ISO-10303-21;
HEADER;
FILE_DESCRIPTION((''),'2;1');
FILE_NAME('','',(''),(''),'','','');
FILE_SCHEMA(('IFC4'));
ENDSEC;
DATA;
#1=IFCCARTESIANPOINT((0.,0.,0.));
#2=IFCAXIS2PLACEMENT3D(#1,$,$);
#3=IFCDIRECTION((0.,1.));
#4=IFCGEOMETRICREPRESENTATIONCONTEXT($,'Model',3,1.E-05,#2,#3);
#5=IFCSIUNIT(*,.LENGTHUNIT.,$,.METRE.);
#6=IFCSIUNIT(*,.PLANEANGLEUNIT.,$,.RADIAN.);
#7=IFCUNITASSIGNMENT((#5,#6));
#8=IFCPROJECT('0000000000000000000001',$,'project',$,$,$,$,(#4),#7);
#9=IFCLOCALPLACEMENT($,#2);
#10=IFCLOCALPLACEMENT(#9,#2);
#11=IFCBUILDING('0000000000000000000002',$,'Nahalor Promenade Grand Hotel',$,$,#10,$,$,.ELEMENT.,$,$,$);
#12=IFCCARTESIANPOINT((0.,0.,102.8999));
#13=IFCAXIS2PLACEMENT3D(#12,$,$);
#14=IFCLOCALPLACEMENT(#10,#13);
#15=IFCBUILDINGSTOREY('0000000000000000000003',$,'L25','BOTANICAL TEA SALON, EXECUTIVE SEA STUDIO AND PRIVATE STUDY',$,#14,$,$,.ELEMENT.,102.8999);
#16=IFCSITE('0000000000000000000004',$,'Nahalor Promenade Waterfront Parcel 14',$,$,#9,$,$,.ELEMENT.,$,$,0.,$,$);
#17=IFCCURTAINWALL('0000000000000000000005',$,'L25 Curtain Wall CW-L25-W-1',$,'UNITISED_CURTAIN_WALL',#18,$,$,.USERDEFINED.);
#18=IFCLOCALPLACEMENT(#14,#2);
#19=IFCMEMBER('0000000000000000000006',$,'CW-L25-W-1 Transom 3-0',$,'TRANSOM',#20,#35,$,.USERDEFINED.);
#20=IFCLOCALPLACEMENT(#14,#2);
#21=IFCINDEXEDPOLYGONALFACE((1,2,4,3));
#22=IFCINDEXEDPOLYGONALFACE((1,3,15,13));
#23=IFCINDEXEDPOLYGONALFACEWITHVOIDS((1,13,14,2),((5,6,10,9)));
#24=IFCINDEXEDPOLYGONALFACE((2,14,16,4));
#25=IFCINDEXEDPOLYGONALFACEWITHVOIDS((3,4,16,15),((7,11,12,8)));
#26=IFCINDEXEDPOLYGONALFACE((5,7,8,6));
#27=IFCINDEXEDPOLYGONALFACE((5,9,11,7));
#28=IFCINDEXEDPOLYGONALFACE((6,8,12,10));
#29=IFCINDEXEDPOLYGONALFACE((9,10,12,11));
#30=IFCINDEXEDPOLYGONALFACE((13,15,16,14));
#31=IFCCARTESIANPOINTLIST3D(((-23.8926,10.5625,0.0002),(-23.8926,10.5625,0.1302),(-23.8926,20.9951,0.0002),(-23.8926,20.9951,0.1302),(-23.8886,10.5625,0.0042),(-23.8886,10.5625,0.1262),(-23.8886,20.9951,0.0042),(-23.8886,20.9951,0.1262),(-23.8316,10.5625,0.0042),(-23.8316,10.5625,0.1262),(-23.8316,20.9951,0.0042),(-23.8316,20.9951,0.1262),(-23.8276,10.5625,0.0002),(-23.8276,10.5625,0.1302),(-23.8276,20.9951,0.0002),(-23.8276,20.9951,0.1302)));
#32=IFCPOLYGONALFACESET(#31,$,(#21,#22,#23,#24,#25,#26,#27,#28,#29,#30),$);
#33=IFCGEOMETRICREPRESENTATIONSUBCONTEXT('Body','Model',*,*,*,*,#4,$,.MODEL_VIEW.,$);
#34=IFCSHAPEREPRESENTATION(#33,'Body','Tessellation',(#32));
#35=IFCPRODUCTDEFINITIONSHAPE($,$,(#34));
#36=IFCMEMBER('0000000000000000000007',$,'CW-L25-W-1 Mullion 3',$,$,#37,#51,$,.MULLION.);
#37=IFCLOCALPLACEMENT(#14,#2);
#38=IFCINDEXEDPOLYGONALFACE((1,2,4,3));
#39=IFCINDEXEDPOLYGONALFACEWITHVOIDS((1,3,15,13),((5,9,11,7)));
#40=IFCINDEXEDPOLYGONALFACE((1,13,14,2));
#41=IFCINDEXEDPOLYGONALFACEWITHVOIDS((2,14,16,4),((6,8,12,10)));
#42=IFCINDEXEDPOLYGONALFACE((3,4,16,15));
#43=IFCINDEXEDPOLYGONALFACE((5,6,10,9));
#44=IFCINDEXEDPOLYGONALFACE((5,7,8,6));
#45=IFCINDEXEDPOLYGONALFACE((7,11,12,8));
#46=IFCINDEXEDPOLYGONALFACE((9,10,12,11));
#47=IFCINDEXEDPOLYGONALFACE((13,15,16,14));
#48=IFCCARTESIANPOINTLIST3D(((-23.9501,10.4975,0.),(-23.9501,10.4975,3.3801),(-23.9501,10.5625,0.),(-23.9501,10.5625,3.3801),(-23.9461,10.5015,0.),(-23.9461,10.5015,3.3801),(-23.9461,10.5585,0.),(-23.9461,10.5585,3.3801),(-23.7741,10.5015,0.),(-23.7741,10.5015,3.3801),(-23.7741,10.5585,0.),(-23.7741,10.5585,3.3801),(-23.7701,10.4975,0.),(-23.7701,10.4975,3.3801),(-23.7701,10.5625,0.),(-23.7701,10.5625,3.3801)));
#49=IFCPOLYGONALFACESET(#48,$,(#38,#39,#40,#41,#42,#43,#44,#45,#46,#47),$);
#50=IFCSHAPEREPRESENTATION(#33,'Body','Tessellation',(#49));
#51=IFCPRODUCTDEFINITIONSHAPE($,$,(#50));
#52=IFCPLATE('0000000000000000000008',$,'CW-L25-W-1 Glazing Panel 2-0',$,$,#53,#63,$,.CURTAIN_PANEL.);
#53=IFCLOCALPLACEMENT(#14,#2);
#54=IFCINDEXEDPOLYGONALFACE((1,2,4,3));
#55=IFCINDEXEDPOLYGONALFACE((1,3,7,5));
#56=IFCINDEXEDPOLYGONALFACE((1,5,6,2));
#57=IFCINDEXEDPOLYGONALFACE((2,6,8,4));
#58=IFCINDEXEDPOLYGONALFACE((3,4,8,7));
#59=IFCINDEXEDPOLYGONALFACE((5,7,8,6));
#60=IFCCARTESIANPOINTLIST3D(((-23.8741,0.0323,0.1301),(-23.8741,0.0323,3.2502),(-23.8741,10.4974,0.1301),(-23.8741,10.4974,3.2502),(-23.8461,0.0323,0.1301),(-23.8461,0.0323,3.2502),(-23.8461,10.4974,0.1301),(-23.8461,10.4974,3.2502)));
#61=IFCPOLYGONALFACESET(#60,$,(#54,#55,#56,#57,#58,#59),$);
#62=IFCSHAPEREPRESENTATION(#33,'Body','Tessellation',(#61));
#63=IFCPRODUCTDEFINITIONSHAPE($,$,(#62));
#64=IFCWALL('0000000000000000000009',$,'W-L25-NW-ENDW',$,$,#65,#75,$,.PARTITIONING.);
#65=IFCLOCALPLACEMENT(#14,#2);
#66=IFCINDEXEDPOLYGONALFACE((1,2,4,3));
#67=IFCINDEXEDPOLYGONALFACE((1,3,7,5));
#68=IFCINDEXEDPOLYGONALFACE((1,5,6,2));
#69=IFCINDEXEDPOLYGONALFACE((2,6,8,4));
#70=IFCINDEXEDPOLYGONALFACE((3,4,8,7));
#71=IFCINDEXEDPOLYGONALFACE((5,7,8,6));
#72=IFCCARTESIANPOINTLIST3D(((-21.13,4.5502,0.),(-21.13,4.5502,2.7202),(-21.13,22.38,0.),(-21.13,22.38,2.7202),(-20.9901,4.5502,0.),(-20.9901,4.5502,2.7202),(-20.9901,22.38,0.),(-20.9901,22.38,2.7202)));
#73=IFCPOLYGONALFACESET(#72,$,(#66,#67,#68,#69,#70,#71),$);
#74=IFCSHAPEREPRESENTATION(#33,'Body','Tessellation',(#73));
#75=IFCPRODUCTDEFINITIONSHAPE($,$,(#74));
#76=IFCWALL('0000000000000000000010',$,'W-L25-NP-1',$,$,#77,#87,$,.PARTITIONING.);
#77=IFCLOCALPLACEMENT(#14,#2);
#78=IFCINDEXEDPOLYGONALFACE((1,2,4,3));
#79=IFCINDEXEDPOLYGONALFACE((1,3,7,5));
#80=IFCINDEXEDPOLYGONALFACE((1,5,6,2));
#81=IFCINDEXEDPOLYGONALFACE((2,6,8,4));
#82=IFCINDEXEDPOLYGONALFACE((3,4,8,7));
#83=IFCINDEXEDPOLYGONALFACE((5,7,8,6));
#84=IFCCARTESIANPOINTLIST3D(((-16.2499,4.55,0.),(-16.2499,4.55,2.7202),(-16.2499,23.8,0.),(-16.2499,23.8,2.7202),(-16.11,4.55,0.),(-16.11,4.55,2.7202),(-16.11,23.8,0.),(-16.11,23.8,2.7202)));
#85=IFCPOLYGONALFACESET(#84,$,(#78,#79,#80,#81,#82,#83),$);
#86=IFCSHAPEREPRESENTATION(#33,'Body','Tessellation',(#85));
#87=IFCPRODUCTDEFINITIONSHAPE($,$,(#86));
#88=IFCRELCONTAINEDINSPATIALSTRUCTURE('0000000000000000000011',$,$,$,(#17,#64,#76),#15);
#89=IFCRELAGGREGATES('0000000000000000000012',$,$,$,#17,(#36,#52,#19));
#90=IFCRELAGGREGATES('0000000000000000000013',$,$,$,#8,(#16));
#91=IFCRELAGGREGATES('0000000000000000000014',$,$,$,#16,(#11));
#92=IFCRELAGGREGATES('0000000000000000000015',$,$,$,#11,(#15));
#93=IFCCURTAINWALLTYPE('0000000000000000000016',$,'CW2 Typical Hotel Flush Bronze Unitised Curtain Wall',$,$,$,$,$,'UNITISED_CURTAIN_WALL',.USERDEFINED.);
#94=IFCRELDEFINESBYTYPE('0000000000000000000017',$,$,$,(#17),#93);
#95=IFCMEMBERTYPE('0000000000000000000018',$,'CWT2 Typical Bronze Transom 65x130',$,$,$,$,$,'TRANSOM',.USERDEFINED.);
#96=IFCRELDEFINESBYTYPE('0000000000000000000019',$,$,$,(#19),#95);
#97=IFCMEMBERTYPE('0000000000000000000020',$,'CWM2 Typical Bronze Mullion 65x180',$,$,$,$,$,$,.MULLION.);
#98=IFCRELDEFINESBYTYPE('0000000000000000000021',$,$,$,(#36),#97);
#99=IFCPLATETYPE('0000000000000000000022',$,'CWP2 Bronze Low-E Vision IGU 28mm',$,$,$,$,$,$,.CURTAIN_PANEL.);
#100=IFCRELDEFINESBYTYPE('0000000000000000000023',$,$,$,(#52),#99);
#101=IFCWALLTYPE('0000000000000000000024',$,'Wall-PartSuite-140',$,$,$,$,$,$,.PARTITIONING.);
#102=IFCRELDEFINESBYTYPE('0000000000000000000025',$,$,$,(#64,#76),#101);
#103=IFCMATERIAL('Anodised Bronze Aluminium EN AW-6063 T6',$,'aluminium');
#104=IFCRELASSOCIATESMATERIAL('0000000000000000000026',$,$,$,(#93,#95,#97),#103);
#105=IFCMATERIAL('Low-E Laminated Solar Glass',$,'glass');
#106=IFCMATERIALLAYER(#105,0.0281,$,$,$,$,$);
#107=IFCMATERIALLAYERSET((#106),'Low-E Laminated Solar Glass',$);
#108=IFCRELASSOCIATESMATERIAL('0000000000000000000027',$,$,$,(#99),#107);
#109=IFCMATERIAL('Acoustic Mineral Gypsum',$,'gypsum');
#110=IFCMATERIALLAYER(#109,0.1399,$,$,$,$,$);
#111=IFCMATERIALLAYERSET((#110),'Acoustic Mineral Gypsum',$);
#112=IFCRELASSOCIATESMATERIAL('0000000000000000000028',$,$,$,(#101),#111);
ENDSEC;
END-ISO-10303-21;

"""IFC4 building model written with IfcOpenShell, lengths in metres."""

from ifc_helpers import new_model, si_unit, direction, frame, frame_2d, origin, origin_2d, place, context, subcontext, project, spatial, rectangle, hollow_rectangle, extrude, source, transform, mapped, material, layer, layer_set, material_profile, profile_set, type_object, element, aggregate, save


model = new_model("IFC4")

# Units and contexts
model_context = context("Model", 3, precision=1e-05, world=origin(), true_north=direction((0.0, 1.0)))
body_context = subcontext(model_context, "Body", "Model", "MODEL_VIEW")
ifc_project = project(units=[si_unit("LENGTHUNIT", "METRE"), si_unit("PLANEANGLEUNIT", "RADIAN")], contexts=[model_context])

# Site, building, storey
site_placement = place(None, origin())
site = spatial("IfcSite", under=ifc_project, at=site_placement, Name="Nahalor Promenade Waterfront Parcel 14", CompositionType="ELEMENT", RefElevation=0.0)
building_placement = place(site_placement, origin())
building = spatial("IfcBuilding", under=site, at=building_placement, Name="Nahalor Promenade Grand Hotel", CompositionType="ELEMENT")
storey_placement = place(building_placement, frame((0.0, 0.0, 102.8999)))
storey = spatial("IfcBuildingStorey", under=building, at=storey_placement, Name="L25", Description="BOTANICAL TEA SALON, EXECUTIVE SEA STUDIO AND PRIVATE STUDY", CompositionType="ELEMENT", Elevation=102.8999)

# Curtain wall, members, plate
ifc_material_1 = material(Name="Anodised Bronze Aluminium EN AW-6063 T6", Category="aluminium")
curtain_wall_type = type_object("IfcCurtainWallType", Name="CW2 Typical Hotel Flush Bronze Unitised Curtain Wall", ElementType="UNITISED_CURTAIN_WALL", PredefinedType="USERDEFINED", material=ifc_material_1)
curtain_wall_placement = place(storey_placement, origin())
curtain_wall = element("IfcCurtainWall", 1, at=curtain_wall_placement, inside=storey, type_object=curtain_wall_type, Name="L25 Curtain Wall CW-L25-W-1", ObjectType="UNITISED_CURTAIN_WALL", PredefinedType="USERDEFINED")
ifc_material_profile_1 = material_profile(ifc_material_1, hollow_rectangle(XDim=0.065, YDim=0.13, WallThickness=0.004, at=origin_2d()), Name="CWT 65x130x4")
ifc_profile_set_1 = profile_set([ifc_material_profile_1], Name="Anodised Bronze Aluminium EN AW-6063 T6")
member_type_1 = type_object("IfcMemberType", Name="CWT2 Typical Bronze Transom 65x130", ElementType="TRANSOM", PredefinedType="USERDEFINED", material=ifc_profile_set_1)
shared_shape_1 = source(origin(), body_context, "Body", "SweptSolid", [
    extrude(hollow_rectangle(XDim=0.065, YDim=0.13, WallThickness=0.004, at=origin_2d()), origin(), (0.0, 0.0, 1.0), 10.4326),
])
member_1_placement = place(storey_placement, frame((-23.8601, 10.5625, 0.0652), z_axis=(0.0, 1.0, 0.0), x_axis=(-1.0, 0.0, 0.0)))
member_1 = element("IfcMember", 2, at=member_1_placement, type_object=member_type_1, Name="CW-L25-W-1 Transom 3-0", ObjectType="TRANSOM", PredefinedType="USERDEFINED", context=body_context, shape_type="MappedRepresentation", body=[
    mapped(shared_shape_1, transform((0.0, 0.0, 0.0), scale=1.0)),
])
ifc_material_profile_2 = material_profile(ifc_material_1, hollow_rectangle(XDim=0.065, YDim=0.18, WallThickness=0.004, at=origin_2d()), Name="CWM 65x180x4")
ifc_profile_set_2 = profile_set([ifc_material_profile_2], Name="Anodised Bronze Aluminium EN AW-6063 T6")
member_type_2 = type_object("IfcMemberType", Name="CWM2 Typical Bronze Mullion 65x180", PredefinedType="MULLION", material=ifc_profile_set_2)
shared_shape_2 = source(origin(), body_context, "Body", "SweptSolid", [
    extrude(hollow_rectangle(XDim=0.065, YDim=0.18, WallThickness=0.004, at=origin_2d()), origin(), (0.0, 0.0, 1.0), 3.3801),
])
member_2_placement = place(storey_placement, frame((-23.8601, 10.53, 0.0), z_axis=(0.0, 0.0, 1.0), x_axis=(0.0, 1.0, 0.0)))
member_2 = element("IfcMember", 3, at=member_2_placement, type_object=member_type_2, Name="CW-L25-W-1 Mullion 3", PredefinedType="MULLION", context=body_context, shape_type="MappedRepresentation", body=[
    mapped(shared_shape_2, transform((0.0, 0.0, 0.0), scale=1.0)),
])
ifc_material_2 = material(Name="Low-E Laminated Solar Glass", Category="glass")
ifc_layer_1 = layer(ifc_material_2, 0.0281)
ifc_layer_set_1 = layer_set([ifc_layer_1], Name="Low-E Laminated Solar Glass")
plate_type = type_object("IfcPlateType", Name="CWP2 Bronze Low-E Vision IGU 28mm", PredefinedType="CURTAIN_PANEL", material=ifc_layer_set_1)
shared_shape_3 = source(origin(), body_context, "Body", "SweptSolid", [
    extrude(rectangle(XDim=10.4651, YDim=0.0281, at=origin_2d()), origin(), (0.0, 0.0, 1.0), 3.1201),
])
plate_placement = place(storey_placement, frame((-23.8601, 5.2649, 0.1301), z_axis=(0.0, 0.0, 1.0), x_axis=(0.0, 1.0, 0.0)))
plate = element("IfcPlate", 4, at=plate_placement, type_object=plate_type, Name="CW-L25-W-1 Glazing Panel 2-0", PredefinedType="CURTAIN_PANEL", context=body_context, shape_type="MappedRepresentation", body=[
    mapped(shared_shape_3, transform((0.0, 0.0, 0.0), scale=1.0)),
])
aggregate(curtain_wall, [member_2, plate, member_1])

# Walls
ifc_material_3 = material(Name="Acoustic Mineral Gypsum", Category="gypsum")
ifc_layer_2 = layer(ifc_material_3, 0.1399)
ifc_layer_set_2 = layer_set([ifc_layer_2], Name="Acoustic Mineral Gypsum")
wall_type = type_object("IfcWallType", Name="Wall-PartSuite-140", PredefinedType="PARTITIONING", material=ifc_layer_set_2)
shared_shape_4 = source(origin(), body_context, "Body", "SweptSolid", [
    extrude(rectangle(XDim=17.8298, YDim=0.1399, at=frame_2d((8.915, 0.0))), origin(), (0.0, 0.0, 1.0), 2.7202),
])
wall_1_placement = place(storey_placement, frame((-21.0601, 4.55, 0.0), z_axis=(0.0, 0.0, 1.0), x_axis=(0.0, 1.0, 0.0)))
element("IfcWall", 5, at=wall_1_placement, inside=storey, type_object=wall_type, Name="W-L25-NW-ENDW", PredefinedType="PARTITIONING", context=body_context, shape_type="MappedRepresentation", body=[
    mapped(shared_shape_4, transform((0.0, 0.0, 0.0), scale=1.0)),
])
shared_shape_5 = source(origin(), body_context, "Body", "SweptSolid", [
    extrude(rectangle(XDim=19.25, YDim=0.1399, at=frame_2d((9.625, 0.0))), origin(), (0.0, 0.0, 1.0), 2.7202),
])
wall_2_placement = place(storey_placement, frame((-16.1799, 4.55, 0.0), z_axis=(0.0, 0.0, 1.0), x_axis=(0.0, 1.0, 0.0)))
element("IfcWall", 6, at=wall_2_placement, inside=storey, type_object=wall_type, Name="W-L25-NP-1", PredefinedType="PARTITIONING", context=body_context, shape_type="MappedRepresentation", body=[
    mapped(shared_shape_5, transform((0.0, 0.0, 0.0), scale=1.0)),
])

save(model, "model.ifc")
